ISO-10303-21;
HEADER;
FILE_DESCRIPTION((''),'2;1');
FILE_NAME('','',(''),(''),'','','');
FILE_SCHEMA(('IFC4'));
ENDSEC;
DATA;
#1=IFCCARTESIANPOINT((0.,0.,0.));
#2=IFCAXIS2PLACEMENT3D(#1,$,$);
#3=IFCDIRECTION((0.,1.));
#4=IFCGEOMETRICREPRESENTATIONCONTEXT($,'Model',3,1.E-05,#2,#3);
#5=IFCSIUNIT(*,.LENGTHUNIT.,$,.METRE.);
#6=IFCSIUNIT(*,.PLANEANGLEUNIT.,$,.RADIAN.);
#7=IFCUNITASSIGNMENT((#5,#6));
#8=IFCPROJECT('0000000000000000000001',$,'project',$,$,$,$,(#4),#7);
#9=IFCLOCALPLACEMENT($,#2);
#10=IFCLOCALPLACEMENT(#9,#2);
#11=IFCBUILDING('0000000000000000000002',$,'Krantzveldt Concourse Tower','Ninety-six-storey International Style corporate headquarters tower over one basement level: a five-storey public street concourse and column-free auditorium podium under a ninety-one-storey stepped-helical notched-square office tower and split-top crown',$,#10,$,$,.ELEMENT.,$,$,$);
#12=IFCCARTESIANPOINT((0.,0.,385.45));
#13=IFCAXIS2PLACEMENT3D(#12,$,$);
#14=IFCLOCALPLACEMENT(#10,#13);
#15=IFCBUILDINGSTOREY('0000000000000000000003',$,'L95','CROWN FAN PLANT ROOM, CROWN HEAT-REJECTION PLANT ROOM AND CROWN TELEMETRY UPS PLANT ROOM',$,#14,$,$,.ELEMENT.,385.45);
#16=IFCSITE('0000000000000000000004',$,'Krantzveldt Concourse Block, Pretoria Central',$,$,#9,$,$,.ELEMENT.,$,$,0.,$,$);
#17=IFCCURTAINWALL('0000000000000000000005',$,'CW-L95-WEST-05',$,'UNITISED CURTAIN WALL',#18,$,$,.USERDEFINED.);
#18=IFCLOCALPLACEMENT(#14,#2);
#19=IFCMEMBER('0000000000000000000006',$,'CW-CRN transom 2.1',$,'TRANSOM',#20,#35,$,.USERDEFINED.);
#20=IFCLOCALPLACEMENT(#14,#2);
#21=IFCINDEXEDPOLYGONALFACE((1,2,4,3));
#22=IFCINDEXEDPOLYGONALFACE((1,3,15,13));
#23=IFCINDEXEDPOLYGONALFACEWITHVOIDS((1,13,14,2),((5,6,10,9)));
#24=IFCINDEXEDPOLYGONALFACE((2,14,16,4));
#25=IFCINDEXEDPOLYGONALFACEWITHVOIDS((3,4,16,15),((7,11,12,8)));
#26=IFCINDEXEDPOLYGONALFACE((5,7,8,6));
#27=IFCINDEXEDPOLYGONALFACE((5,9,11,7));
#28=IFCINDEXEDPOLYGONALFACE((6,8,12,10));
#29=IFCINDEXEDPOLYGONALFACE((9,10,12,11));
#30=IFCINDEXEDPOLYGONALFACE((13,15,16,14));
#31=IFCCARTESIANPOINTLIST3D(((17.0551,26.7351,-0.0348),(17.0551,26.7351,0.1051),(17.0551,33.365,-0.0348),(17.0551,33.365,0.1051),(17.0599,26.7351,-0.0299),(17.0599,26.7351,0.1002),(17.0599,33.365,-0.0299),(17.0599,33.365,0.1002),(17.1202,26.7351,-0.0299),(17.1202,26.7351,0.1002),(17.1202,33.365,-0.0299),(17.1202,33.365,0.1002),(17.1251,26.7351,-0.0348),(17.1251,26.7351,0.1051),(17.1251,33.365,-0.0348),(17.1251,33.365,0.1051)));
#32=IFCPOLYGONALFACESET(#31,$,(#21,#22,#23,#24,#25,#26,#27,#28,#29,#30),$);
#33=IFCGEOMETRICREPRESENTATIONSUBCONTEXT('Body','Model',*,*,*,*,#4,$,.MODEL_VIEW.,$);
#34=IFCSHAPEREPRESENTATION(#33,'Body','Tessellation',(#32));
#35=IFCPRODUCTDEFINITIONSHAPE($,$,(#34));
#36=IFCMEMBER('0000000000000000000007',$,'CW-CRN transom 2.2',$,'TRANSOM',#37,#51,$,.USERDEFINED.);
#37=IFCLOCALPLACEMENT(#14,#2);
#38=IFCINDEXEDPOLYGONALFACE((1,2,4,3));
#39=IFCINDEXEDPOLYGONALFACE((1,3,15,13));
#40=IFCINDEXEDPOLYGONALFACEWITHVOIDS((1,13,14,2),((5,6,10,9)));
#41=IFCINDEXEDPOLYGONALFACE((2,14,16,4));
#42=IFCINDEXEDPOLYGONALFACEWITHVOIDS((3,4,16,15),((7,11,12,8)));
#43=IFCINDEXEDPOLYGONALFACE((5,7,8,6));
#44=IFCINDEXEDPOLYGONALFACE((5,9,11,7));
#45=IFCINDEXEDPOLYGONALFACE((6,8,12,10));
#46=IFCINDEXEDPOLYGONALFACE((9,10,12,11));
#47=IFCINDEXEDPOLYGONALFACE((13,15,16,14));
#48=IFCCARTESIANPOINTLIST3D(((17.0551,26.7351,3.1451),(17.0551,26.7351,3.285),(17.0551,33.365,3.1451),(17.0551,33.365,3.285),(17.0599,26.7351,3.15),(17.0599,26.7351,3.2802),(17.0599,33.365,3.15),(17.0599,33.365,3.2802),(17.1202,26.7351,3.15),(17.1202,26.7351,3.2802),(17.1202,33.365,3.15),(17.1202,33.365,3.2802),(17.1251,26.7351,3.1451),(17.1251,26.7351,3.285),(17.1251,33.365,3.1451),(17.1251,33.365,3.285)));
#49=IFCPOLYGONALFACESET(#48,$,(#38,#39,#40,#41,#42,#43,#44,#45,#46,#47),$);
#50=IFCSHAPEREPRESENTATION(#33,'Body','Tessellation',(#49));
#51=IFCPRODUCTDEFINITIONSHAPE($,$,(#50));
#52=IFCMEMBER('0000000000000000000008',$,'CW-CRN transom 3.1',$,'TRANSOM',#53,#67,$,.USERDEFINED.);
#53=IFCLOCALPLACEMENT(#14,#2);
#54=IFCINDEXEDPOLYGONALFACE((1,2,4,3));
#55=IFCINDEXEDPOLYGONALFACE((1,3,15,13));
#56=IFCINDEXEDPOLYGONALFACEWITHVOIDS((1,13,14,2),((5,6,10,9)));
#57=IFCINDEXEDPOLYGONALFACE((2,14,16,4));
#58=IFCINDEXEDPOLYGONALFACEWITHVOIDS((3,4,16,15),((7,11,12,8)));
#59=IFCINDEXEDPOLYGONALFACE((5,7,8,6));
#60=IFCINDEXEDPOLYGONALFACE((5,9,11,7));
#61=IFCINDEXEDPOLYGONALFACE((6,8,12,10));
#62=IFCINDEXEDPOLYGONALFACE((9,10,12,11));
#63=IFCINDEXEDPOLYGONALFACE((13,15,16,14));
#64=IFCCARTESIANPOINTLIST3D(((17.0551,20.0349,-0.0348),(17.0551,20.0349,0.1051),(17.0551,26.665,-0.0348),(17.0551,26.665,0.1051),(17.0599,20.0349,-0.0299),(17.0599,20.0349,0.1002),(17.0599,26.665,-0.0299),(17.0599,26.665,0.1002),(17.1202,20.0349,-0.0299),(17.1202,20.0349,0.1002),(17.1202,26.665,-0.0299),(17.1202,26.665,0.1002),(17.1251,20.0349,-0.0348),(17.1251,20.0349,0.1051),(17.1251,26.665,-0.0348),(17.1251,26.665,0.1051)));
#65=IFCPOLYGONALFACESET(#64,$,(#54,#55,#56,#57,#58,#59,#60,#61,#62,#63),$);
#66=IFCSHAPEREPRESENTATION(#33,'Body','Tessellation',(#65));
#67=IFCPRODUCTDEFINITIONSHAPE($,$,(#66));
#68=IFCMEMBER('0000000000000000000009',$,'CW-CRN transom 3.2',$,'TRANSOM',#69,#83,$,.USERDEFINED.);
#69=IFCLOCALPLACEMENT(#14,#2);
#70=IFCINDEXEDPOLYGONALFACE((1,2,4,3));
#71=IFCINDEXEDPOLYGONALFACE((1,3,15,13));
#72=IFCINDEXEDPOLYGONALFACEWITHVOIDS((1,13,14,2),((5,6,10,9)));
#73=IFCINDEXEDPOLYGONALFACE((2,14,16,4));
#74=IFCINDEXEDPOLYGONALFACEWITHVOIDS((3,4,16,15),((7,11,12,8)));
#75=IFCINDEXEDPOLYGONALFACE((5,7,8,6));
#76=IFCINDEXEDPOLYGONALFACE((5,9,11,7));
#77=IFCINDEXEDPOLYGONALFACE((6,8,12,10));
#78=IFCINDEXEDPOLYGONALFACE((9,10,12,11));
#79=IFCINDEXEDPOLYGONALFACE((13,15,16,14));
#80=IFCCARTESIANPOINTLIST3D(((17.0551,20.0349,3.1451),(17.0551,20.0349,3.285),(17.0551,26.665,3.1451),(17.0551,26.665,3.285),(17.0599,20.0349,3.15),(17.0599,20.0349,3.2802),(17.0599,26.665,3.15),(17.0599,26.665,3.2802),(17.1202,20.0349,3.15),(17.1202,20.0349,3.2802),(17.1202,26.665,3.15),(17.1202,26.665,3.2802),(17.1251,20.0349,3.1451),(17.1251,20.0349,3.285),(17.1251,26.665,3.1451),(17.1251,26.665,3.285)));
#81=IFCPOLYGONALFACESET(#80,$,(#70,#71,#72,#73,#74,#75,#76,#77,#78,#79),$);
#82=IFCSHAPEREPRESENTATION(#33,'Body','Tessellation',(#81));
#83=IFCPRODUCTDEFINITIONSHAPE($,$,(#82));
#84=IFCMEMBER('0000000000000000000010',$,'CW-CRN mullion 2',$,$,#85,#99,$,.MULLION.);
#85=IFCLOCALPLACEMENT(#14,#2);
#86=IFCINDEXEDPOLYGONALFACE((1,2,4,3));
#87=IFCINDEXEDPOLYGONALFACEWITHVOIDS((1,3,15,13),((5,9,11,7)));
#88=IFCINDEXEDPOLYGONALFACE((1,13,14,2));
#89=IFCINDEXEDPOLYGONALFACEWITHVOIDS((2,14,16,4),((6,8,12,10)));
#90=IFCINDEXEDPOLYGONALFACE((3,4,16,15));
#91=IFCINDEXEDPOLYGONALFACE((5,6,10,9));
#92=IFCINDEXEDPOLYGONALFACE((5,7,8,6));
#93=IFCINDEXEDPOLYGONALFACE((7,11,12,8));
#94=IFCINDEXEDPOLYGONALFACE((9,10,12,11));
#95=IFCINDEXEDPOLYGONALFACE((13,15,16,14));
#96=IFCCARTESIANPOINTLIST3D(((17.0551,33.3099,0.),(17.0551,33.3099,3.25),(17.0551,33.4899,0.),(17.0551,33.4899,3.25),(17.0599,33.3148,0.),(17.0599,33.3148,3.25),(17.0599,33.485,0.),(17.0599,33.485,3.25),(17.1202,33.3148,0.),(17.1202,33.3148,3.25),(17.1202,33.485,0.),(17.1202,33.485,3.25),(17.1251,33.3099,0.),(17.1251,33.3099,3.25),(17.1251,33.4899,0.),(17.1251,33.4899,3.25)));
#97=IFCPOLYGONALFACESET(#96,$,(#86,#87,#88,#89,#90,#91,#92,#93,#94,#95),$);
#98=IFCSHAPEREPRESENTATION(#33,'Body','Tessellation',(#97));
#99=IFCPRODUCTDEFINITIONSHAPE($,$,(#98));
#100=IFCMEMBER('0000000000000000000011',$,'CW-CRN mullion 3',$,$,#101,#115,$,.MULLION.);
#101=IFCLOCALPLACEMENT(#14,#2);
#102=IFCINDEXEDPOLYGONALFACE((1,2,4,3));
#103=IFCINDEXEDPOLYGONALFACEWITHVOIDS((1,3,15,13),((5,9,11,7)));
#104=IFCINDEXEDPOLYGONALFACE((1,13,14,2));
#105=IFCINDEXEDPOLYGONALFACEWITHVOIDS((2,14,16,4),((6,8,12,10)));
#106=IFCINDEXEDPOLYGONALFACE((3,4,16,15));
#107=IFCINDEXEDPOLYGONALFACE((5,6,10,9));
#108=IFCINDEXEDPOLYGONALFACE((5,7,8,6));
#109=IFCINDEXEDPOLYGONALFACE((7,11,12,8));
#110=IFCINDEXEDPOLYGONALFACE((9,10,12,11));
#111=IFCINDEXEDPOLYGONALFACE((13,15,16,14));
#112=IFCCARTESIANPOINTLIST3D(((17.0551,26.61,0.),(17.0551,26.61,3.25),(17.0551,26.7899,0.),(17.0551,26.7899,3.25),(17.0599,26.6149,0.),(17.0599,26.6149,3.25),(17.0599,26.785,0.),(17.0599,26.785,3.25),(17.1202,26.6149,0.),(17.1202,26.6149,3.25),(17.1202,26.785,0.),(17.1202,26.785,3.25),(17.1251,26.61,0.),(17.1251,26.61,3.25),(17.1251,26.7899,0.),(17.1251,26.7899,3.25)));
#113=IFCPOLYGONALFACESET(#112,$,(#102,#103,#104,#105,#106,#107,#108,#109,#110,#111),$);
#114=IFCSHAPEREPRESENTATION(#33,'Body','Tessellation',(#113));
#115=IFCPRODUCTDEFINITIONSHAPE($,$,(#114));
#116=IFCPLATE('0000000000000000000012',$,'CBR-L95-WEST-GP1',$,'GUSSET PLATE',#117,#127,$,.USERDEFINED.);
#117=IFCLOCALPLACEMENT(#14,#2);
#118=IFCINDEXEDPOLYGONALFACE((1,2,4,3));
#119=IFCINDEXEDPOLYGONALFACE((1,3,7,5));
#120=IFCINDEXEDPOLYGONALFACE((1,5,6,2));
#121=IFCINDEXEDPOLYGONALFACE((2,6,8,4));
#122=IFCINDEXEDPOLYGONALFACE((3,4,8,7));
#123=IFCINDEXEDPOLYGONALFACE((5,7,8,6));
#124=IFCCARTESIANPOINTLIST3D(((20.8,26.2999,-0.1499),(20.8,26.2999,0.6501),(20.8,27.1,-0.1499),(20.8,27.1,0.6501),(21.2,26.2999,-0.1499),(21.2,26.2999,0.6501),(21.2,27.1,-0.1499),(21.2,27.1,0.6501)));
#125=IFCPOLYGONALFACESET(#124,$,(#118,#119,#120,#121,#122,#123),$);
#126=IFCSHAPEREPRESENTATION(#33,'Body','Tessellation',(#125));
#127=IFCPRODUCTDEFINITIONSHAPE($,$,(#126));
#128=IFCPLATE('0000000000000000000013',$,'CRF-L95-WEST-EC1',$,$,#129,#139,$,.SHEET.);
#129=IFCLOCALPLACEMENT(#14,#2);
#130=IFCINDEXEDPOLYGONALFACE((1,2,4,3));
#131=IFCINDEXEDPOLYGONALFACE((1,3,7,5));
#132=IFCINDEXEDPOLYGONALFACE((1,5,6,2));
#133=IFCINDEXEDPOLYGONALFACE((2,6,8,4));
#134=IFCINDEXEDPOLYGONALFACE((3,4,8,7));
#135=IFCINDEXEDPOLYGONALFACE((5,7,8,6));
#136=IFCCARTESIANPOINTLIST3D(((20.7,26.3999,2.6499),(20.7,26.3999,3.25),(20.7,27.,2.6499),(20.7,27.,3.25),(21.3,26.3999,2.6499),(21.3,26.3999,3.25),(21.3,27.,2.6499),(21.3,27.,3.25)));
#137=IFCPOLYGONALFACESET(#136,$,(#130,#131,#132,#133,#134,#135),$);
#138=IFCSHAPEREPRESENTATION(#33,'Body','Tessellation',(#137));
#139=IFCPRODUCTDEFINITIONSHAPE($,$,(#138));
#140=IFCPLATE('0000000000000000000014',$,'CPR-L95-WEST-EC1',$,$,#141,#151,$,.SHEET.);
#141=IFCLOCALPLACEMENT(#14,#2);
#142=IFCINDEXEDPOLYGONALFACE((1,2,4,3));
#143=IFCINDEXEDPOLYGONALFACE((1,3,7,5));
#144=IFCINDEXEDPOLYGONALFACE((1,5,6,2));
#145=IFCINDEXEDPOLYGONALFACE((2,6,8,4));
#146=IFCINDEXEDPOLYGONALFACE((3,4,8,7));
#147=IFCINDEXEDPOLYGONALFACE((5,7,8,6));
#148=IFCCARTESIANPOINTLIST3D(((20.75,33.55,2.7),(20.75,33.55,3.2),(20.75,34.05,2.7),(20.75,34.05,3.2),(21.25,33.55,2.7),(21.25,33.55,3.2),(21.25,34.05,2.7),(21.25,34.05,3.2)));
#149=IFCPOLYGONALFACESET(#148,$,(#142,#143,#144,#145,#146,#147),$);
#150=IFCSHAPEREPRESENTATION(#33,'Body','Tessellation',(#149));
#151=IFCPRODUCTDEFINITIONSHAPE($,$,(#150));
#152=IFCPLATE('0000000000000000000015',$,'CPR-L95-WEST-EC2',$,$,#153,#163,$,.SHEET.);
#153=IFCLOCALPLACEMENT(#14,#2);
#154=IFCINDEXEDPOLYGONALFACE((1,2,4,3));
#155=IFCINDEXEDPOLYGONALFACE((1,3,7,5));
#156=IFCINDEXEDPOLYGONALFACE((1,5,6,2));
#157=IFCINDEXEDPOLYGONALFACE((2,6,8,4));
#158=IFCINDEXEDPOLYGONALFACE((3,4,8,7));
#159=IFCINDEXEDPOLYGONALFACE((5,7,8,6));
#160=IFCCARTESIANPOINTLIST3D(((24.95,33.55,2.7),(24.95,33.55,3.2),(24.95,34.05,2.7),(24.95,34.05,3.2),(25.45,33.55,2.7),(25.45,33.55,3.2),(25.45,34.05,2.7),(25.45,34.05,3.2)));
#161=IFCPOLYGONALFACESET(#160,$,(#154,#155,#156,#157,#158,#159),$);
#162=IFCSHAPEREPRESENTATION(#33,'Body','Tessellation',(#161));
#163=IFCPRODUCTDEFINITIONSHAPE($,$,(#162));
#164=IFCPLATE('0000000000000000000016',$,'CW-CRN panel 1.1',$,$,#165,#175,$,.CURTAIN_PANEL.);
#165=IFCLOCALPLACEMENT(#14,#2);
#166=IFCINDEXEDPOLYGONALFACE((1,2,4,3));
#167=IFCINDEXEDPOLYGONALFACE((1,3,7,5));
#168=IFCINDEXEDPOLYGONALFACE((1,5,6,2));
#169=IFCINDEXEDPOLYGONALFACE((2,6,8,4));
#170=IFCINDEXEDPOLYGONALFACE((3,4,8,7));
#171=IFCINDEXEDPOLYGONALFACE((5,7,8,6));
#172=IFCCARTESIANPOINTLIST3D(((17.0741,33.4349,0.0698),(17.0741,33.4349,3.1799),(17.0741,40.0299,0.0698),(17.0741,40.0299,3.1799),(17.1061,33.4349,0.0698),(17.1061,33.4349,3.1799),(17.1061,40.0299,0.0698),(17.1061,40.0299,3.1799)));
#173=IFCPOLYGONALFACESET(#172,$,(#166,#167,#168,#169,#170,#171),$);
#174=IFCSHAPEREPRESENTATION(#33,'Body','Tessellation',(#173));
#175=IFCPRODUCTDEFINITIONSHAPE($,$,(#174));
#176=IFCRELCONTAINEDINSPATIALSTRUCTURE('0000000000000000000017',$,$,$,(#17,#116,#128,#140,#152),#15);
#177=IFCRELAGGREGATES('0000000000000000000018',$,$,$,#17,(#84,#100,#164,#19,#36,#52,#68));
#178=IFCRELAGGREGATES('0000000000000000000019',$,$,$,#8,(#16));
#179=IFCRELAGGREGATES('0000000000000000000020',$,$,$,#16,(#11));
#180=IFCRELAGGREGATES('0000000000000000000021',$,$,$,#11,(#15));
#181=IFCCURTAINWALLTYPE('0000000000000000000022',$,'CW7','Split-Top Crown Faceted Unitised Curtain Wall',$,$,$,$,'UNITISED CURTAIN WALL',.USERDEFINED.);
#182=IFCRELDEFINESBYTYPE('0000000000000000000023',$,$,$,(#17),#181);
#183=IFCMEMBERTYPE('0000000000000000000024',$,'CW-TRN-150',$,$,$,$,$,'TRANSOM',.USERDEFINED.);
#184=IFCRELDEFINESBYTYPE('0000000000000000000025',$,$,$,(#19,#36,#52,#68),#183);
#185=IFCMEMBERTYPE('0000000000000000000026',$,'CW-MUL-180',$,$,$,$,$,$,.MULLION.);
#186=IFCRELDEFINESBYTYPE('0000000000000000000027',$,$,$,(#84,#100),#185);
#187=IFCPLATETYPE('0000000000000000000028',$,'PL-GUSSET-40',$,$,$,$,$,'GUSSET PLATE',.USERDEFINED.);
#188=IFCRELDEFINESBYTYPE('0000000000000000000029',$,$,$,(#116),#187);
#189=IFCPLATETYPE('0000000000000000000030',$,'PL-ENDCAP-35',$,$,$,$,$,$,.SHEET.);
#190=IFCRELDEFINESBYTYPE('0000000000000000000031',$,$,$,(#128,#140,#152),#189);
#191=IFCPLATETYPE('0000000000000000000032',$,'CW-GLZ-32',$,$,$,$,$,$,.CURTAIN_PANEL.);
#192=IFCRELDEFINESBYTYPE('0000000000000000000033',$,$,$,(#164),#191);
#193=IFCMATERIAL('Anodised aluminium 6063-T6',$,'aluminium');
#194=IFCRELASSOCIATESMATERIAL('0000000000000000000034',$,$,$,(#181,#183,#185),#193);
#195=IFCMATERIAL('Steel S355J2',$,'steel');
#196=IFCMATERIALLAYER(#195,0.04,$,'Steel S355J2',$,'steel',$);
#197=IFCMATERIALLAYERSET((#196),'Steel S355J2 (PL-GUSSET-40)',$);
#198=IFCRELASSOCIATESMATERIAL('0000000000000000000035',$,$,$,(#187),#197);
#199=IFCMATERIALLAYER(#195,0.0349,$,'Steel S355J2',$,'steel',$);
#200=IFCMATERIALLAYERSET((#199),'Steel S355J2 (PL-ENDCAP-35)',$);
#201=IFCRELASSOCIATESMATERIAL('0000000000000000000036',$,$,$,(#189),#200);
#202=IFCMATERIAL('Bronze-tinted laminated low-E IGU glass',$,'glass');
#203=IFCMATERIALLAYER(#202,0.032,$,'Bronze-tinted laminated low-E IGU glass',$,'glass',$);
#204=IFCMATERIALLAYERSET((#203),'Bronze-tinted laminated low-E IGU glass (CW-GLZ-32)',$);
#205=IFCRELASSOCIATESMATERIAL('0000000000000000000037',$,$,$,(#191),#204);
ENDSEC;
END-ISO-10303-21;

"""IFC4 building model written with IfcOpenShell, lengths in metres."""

from ifc_helpers import new_model, si_unit, direction, frame, origin, origin_2d, place, context, subcontext, project, spatial, rectangle, hollow_rectangle, extrude, source, transform, mapped, material, layer, layer_set, material_profile, profile_set, type_object, type_shapes, element, aggregate, save


model = new_model("IFC4")

# Units and contexts
model_context = context("Model", 3, precision=1e-05, world=origin(), true_north=direction((0.0, 1.0)))
body_context = subcontext(model_context, "Body", "Model", "MODEL_VIEW")
ifc_project = project(units=[si_unit("LENGTHUNIT", "METRE"), si_unit("PLANEANGLEUNIT", "RADIAN")], contexts=[model_context])

# Site, building, storey
site_placement = place(None, origin())
site = spatial("IfcSite", under=ifc_project, at=site_placement, Name="Krantzveldt Concourse Block, Pretoria Central", CompositionType="ELEMENT", RefElevation=0.0)
building_placement = place(site_placement, origin())
building = spatial("IfcBuilding", under=site, at=building_placement, Name="Krantzveldt Concourse Tower", Description="Ninety-six-storey International Style corporate headquarters tower over one basement level: a five-storey public street concourse and column-free auditorium podium under a ninety-one-storey stepped-helical notched-square office tower and split-top crown", CompositionType="ELEMENT")
storey_placement = place(building_placement, frame((0.0, 0.0, 385.45)))
storey = spatial("IfcBuildingStorey", under=building, at=storey_placement, Name="L95", Description="CROWN FAN PLANT ROOM, CROWN HEAT-REJECTION PLANT ROOM AND CROWN TELEMETRY UPS PLANT ROOM", CompositionType="ELEMENT", Elevation=385.45)

# Shared definitions
ifc_material_1 = material(Name="Steel S355J2", Category="steel")

# Curtain wall, members
ifc_material_2 = material(Name="Anodised aluminium 6063-T6", Category="aluminium")
curtain_wall_type = type_object("IfcCurtainWallType", Name="CW7", Description="Split-Top Crown Faceted Unitised Curtain Wall", ElementType="UNITISED CURTAIN WALL", PredefinedType="USERDEFINED", material=ifc_material_2)
curtain_wall_placement = place(storey_placement, origin())
curtain_wall = element("IfcCurtainWall", 1, at=curtain_wall_placement, inside=storey, type_object=curtain_wall_type, Name="CW-L95-WEST-05", ObjectType="UNITISED CURTAIN WALL", PredefinedType="USERDEFINED")
ifc_material_profile_1 = material_profile(ifc_material_2, hollow_rectangle(XDim=0.0701, YDim=0.1399, WallThickness=0.0049, at=origin_2d()), Name="Anodised aluminium 6063-T6", Category="aluminium")
ifc_profile_set_1 = profile_set([ifc_material_profile_1], Name="Anodised aluminium 6063-T6 - ALU-TRAN 140x70x5")
member_type_1 = type_object("IfcMemberType", Name="CW-TRN-150", ElementType="TRANSOM", PredefinedType="USERDEFINED", material=ifc_profile_set_1)
shared_shape_1 = source(origin(), body_context, "Body", "SweptSolid", [
    extrude(hollow_rectangle(XDim=0.0701, YDim=0.1399, WallThickness=0.0049, at=origin_2d()), origin(), (0.0, 0.0, 1.0), 6.6299),
])
member_1_placement = place(storey_placement, frame((17.0901, 33.365, 0.0352), z_axis=(0.0, -1.0, 0.0), x_axis=(1.0, 0.0, 0.0)))
member_1 = element("IfcMember", 2, at=member_1_placement, type_object=member_type_1, Name="CW-CRN transom 2.1", ObjectType="TRANSOM", PredefinedType="USERDEFINED", context=body_context, shape_type="MappedRepresentation", body=[
    mapped(shared_shape_1, transform((0.0, 0.0, 0.0), x_axis=(1.0, 0.0, 0.0), y_axis=(0.0, 1.0, 0.0), z_axis=(0.0, 0.0, 1.0), scale=1.0)),
])
member_2_placement = place(storey_placement, frame((17.0901, 33.365, 3.2151), z_axis=(0.0, -1.0, 0.0), x_axis=(1.0, 0.0, 0.0)))
member_2 = element("IfcMember", 3, at=member_2_placement, type_object=member_type_1, Name="CW-CRN transom 2.2", ObjectType="TRANSOM", PredefinedType="USERDEFINED", context=body_context, shape_type="MappedRepresentation", body=[
    mapped(shared_shape_1, transform((0.0, 0.0, 0.0), x_axis=(1.0, 0.0, 0.0), y_axis=(0.0, 1.0, 0.0), z_axis=(0.0, 0.0, 1.0), scale=1.0)),
])
shared_shape_2 = source(origin(), body_context, "Body", "SweptSolid", [
    extrude(hollow_rectangle(XDim=0.0701, YDim=0.1399, WallThickness=0.0049, at=origin_2d()), origin(), (0.0, 0.0, 1.0), 6.6301),
])
type_shapes(member_type_1, [shared_shape_1, shared_shape_2])
member_3_placement = place(storey_placement, frame((17.0901, 26.665, 0.0352), z_axis=(0.0, -1.0, 0.0), x_axis=(1.0, 0.0, 0.0)))
member_3 = element("IfcMember", 4, at=member_3_placement, type_object=member_type_1, Name="CW-CRN transom 3.1", ObjectType="TRANSOM", PredefinedType="USERDEFINED", context=body_context, shape_type="MappedRepresentation", body=[
    mapped(shared_shape_2, transform((0.0, 0.0, 0.0), x_axis=(1.0, 0.0, 0.0), y_axis=(0.0, 1.0, 0.0), z_axis=(0.0, 0.0, 1.0), scale=1.0)),
])
member_4_placement = place(storey_placement, frame((17.0901, 26.665, 3.2151), z_axis=(0.0, -1.0, 0.0), x_axis=(1.0, 0.0, 0.0)))
member_4 = element("IfcMember", 5, at=member_4_placement, type_object=member_type_1, Name="CW-CRN transom 3.2", ObjectType="TRANSOM", PredefinedType="USERDEFINED", context=body_context, shape_type="MappedRepresentation", body=[
    mapped(shared_shape_2, transform((0.0, 0.0, 0.0), x_axis=(1.0, 0.0, 0.0), y_axis=(0.0, 1.0, 0.0), z_axis=(0.0, 0.0, 1.0), scale=1.0)),
])
ifc_material_profile_2 = material_profile(ifc_material_2, hollow_rectangle(XDim=0.0701, YDim=0.1799, WallThickness=0.0049, at=origin_2d()), Name="Anodised aluminium 6063-T6", Category="aluminium")
ifc_profile_set_2 = profile_set([ifc_material_profile_2], Name="Anodised aluminium 6063-T6 - ALU-MULL 180x70x5")
member_type_2 = type_object("IfcMemberType", Name="CW-MUL-180", PredefinedType="MULLION", material=ifc_profile_set_2)
shared_shape_3 = source(origin(), body_context, "Body", "SweptSolid", [
    extrude(hollow_rectangle(XDim=0.0701, YDim=0.1799, WallThickness=0.0049, at=origin_2d()), origin(), (0.0, 0.0, 1.0), 3.25),
])
type_shapes(member_type_2, [shared_shape_3])
member_5_placement = place(storey_placement, frame((17.0901, 33.3999, 0.0), z_axis=(0.0, 0.0, 1.0), x_axis=(1.0, 0.0, 0.0)))
member_5 = element("IfcMember", 6, at=member_5_placement, type_object=member_type_2, Name="CW-CRN mullion 2", PredefinedType="MULLION", context=body_context, shape_type="MappedRepresentation", body=[
    mapped(shared_shape_3, transform((0.0, 0.0, 0.0), x_axis=(1.0, 0.0, 0.0), y_axis=(0.0, 1.0, 0.0), z_axis=(0.0, 0.0, 1.0), scale=1.0)),
])
member_6_placement = place(storey_placement, frame((17.0901, 26.7, 0.0), z_axis=(0.0, 0.0, 1.0), x_axis=(1.0, 0.0, 0.0)))
member_6 = element("IfcMember", 7, at=member_6_placement, type_object=member_type_2, Name="CW-CRN mullion 3", PredefinedType="MULLION", context=body_context, shape_type="MappedRepresentation", body=[
    mapped(shared_shape_3, transform((0.0, 0.0, 0.0), x_axis=(1.0, 0.0, 0.0), y_axis=(0.0, 1.0, 0.0), z_axis=(0.0, 0.0, 1.0), scale=1.0)),
])

# Plates
ifc_layer_1 = layer(ifc_material_1, 0.04, Name="Steel S355J2", Category="steel")
ifc_layer_set_1 = layer_set([ifc_layer_1], Name="Steel S355J2 (PL-GUSSET-40)")
plate_type_1 = type_object("IfcPlateType", Name="PL-GUSSET-40", ElementType="GUSSET PLATE", PredefinedType="USERDEFINED", material=ifc_layer_set_1)
shared_shape_4 = source(origin(), body_context, "Body", "SweptSolid", [
    extrude(rectangle(XDim=0.3999, YDim=0.8, at=origin_2d()), origin(), (0.0, 0.0, 1.0), 0.8),
])
type_shapes(plate_type_1, [shared_shape_4])
plate_1_placement = place(storey_placement, frame((21.0, 26.7, -0.1499), z_axis=(0.0, 0.0, 1.0), x_axis=(1.0, 0.0, 0.0)))
element("IfcPlate", 8, at=plate_1_placement, inside=storey, type_object=plate_type_1, Name="CBR-L95-WEST-GP1", ObjectType="GUSSET PLATE", PredefinedType="USERDEFINED", context=body_context, shape_type="MappedRepresentation", body=[
    mapped(shared_shape_4, transform((0.0, 0.0, 0.0), x_axis=(1.0, 0.0, 0.0), y_axis=(0.0, 1.0, 0.0), z_axis=(0.0, 0.0, 1.0), scale=1.0)),
])
ifc_layer_2 = layer(ifc_material_1, 0.0349, Name="Steel S355J2", Category="steel")
ifc_layer_set_2 = layer_set([ifc_layer_2], Name="Steel S355J2 (PL-ENDCAP-35)")
plate_type_2 = type_object("IfcPlateType", Name="PL-ENDCAP-35", PredefinedType="SHEET", material=ifc_layer_set_2)
shared_shape_5 = source(origin(), body_context, "Body", "SweptSolid", [
    extrude(rectangle(XDim=0.6001, YDim=0.6001, at=origin_2d()), origin(), (0.0, 0.0, 1.0), 0.6001),
])
plate_2_placement = place(storey_placement, frame((21.0, 26.7, 2.6499), z_axis=(0.0, 0.0, 1.0), x_axis=(1.0, 0.0, 0.0)))
element("IfcPlate", 9, at=plate_2_placement, inside=storey, type_object=plate_type_2, Name="CRF-L95-WEST-EC1", PredefinedType="SHEET", context=body_context, shape_type="MappedRepresentation", body=[
    mapped(shared_shape_5, transform((0.0, 0.0, 0.0), x_axis=(1.0, 0.0, 0.0), y_axis=(0.0, 1.0, 0.0), z_axis=(0.0, 0.0, 1.0), scale=1.0)),
])
shared_shape_6 = source(origin(), body_context, "Body", "SweptSolid", [
    extrude(rectangle(XDim=0.5, YDim=0.5, at=origin_2d()), origin(), (0.0, 0.0, 1.0), 0.5),
])
type_shapes(plate_type_2, [shared_shape_5, shared_shape_6])
for number, where, z_axis, x_axis, name in (
    (10, (21.0, 33.8, 2.7), (0.0, 0.0, 1.0), (1.0, 0.0, 0.0), "CPR-L95-WEST-EC1"),
    (11, (25.2, 33.8, 2.7), (0.0, 0.0, 1.0), (1.0, 0.0, 0.0), "CPR-L95-WEST-EC2"),
):
    element("IfcPlate", number, at=place(storey_placement, frame(where, z_axis=z_axis, x_axis=x_axis)), inside=storey, type_object=plate_type_2, Name=name, PredefinedType="SHEET", context=body_context, shape_type="MappedRepresentation", body=[
        mapped(shared_shape_6, transform((0.0, 0.0, 0.0), x_axis=(1.0, 0.0, 0.0), y_axis=(0.0, 1.0, 0.0), z_axis=(0.0, 0.0, 1.0), scale=1.0)),
    ])

# Plate
ifc_material_3 = material(Name="Bronze-tinted laminated low-E IGU glass", Category="glass")
ifc_layer_3 = layer(ifc_material_3, 0.032, Name="Bronze-tinted laminated low-E IGU glass", Category="glass")
ifc_layer_set_3 = layer_set([ifc_layer_3], Name="Bronze-tinted laminated low-E IGU glass (CW-GLZ-32)")
plate_type_3 = type_object("IfcPlateType", Name="CW-GLZ-32", PredefinedType="CURTAIN_PANEL", material=ifc_layer_set_3)
shared_shape_7 = source(origin(), body_context, "Body", "SweptSolid", [
    extrude(rectangle(XDim=6.595, YDim=0.032, at=origin_2d()), origin(), (0.0, 0.0, 1.0), 3.1101),
])
plate_3_placement = place(storey_placement, frame((17.0901, 36.7324, 0.0698), z_axis=(0.0, 0.0, 1.0), x_axis=(0.0, -1.0, 0.0)))
plate_3 = element("IfcPlate", 12, at=plate_3_placement, type_object=plate_type_3, Name="CW-CRN panel 1.1", PredefinedType="CURTAIN_PANEL", context=body_context, shape_type="MappedRepresentation", body=[
    mapped(shared_shape_7, transform((0.0, 0.0, 0.0), x_axis=(1.0, 0.0, 0.0), y_axis=(0.0, 1.0, 0.0), z_axis=(0.0, 0.0, 1.0), scale=1.0)),
])
aggregate(curtain_wall, [member_5, member_6, plate_3, member_1, member_2, member_3, member_4])

save(model, "model.ifc")
